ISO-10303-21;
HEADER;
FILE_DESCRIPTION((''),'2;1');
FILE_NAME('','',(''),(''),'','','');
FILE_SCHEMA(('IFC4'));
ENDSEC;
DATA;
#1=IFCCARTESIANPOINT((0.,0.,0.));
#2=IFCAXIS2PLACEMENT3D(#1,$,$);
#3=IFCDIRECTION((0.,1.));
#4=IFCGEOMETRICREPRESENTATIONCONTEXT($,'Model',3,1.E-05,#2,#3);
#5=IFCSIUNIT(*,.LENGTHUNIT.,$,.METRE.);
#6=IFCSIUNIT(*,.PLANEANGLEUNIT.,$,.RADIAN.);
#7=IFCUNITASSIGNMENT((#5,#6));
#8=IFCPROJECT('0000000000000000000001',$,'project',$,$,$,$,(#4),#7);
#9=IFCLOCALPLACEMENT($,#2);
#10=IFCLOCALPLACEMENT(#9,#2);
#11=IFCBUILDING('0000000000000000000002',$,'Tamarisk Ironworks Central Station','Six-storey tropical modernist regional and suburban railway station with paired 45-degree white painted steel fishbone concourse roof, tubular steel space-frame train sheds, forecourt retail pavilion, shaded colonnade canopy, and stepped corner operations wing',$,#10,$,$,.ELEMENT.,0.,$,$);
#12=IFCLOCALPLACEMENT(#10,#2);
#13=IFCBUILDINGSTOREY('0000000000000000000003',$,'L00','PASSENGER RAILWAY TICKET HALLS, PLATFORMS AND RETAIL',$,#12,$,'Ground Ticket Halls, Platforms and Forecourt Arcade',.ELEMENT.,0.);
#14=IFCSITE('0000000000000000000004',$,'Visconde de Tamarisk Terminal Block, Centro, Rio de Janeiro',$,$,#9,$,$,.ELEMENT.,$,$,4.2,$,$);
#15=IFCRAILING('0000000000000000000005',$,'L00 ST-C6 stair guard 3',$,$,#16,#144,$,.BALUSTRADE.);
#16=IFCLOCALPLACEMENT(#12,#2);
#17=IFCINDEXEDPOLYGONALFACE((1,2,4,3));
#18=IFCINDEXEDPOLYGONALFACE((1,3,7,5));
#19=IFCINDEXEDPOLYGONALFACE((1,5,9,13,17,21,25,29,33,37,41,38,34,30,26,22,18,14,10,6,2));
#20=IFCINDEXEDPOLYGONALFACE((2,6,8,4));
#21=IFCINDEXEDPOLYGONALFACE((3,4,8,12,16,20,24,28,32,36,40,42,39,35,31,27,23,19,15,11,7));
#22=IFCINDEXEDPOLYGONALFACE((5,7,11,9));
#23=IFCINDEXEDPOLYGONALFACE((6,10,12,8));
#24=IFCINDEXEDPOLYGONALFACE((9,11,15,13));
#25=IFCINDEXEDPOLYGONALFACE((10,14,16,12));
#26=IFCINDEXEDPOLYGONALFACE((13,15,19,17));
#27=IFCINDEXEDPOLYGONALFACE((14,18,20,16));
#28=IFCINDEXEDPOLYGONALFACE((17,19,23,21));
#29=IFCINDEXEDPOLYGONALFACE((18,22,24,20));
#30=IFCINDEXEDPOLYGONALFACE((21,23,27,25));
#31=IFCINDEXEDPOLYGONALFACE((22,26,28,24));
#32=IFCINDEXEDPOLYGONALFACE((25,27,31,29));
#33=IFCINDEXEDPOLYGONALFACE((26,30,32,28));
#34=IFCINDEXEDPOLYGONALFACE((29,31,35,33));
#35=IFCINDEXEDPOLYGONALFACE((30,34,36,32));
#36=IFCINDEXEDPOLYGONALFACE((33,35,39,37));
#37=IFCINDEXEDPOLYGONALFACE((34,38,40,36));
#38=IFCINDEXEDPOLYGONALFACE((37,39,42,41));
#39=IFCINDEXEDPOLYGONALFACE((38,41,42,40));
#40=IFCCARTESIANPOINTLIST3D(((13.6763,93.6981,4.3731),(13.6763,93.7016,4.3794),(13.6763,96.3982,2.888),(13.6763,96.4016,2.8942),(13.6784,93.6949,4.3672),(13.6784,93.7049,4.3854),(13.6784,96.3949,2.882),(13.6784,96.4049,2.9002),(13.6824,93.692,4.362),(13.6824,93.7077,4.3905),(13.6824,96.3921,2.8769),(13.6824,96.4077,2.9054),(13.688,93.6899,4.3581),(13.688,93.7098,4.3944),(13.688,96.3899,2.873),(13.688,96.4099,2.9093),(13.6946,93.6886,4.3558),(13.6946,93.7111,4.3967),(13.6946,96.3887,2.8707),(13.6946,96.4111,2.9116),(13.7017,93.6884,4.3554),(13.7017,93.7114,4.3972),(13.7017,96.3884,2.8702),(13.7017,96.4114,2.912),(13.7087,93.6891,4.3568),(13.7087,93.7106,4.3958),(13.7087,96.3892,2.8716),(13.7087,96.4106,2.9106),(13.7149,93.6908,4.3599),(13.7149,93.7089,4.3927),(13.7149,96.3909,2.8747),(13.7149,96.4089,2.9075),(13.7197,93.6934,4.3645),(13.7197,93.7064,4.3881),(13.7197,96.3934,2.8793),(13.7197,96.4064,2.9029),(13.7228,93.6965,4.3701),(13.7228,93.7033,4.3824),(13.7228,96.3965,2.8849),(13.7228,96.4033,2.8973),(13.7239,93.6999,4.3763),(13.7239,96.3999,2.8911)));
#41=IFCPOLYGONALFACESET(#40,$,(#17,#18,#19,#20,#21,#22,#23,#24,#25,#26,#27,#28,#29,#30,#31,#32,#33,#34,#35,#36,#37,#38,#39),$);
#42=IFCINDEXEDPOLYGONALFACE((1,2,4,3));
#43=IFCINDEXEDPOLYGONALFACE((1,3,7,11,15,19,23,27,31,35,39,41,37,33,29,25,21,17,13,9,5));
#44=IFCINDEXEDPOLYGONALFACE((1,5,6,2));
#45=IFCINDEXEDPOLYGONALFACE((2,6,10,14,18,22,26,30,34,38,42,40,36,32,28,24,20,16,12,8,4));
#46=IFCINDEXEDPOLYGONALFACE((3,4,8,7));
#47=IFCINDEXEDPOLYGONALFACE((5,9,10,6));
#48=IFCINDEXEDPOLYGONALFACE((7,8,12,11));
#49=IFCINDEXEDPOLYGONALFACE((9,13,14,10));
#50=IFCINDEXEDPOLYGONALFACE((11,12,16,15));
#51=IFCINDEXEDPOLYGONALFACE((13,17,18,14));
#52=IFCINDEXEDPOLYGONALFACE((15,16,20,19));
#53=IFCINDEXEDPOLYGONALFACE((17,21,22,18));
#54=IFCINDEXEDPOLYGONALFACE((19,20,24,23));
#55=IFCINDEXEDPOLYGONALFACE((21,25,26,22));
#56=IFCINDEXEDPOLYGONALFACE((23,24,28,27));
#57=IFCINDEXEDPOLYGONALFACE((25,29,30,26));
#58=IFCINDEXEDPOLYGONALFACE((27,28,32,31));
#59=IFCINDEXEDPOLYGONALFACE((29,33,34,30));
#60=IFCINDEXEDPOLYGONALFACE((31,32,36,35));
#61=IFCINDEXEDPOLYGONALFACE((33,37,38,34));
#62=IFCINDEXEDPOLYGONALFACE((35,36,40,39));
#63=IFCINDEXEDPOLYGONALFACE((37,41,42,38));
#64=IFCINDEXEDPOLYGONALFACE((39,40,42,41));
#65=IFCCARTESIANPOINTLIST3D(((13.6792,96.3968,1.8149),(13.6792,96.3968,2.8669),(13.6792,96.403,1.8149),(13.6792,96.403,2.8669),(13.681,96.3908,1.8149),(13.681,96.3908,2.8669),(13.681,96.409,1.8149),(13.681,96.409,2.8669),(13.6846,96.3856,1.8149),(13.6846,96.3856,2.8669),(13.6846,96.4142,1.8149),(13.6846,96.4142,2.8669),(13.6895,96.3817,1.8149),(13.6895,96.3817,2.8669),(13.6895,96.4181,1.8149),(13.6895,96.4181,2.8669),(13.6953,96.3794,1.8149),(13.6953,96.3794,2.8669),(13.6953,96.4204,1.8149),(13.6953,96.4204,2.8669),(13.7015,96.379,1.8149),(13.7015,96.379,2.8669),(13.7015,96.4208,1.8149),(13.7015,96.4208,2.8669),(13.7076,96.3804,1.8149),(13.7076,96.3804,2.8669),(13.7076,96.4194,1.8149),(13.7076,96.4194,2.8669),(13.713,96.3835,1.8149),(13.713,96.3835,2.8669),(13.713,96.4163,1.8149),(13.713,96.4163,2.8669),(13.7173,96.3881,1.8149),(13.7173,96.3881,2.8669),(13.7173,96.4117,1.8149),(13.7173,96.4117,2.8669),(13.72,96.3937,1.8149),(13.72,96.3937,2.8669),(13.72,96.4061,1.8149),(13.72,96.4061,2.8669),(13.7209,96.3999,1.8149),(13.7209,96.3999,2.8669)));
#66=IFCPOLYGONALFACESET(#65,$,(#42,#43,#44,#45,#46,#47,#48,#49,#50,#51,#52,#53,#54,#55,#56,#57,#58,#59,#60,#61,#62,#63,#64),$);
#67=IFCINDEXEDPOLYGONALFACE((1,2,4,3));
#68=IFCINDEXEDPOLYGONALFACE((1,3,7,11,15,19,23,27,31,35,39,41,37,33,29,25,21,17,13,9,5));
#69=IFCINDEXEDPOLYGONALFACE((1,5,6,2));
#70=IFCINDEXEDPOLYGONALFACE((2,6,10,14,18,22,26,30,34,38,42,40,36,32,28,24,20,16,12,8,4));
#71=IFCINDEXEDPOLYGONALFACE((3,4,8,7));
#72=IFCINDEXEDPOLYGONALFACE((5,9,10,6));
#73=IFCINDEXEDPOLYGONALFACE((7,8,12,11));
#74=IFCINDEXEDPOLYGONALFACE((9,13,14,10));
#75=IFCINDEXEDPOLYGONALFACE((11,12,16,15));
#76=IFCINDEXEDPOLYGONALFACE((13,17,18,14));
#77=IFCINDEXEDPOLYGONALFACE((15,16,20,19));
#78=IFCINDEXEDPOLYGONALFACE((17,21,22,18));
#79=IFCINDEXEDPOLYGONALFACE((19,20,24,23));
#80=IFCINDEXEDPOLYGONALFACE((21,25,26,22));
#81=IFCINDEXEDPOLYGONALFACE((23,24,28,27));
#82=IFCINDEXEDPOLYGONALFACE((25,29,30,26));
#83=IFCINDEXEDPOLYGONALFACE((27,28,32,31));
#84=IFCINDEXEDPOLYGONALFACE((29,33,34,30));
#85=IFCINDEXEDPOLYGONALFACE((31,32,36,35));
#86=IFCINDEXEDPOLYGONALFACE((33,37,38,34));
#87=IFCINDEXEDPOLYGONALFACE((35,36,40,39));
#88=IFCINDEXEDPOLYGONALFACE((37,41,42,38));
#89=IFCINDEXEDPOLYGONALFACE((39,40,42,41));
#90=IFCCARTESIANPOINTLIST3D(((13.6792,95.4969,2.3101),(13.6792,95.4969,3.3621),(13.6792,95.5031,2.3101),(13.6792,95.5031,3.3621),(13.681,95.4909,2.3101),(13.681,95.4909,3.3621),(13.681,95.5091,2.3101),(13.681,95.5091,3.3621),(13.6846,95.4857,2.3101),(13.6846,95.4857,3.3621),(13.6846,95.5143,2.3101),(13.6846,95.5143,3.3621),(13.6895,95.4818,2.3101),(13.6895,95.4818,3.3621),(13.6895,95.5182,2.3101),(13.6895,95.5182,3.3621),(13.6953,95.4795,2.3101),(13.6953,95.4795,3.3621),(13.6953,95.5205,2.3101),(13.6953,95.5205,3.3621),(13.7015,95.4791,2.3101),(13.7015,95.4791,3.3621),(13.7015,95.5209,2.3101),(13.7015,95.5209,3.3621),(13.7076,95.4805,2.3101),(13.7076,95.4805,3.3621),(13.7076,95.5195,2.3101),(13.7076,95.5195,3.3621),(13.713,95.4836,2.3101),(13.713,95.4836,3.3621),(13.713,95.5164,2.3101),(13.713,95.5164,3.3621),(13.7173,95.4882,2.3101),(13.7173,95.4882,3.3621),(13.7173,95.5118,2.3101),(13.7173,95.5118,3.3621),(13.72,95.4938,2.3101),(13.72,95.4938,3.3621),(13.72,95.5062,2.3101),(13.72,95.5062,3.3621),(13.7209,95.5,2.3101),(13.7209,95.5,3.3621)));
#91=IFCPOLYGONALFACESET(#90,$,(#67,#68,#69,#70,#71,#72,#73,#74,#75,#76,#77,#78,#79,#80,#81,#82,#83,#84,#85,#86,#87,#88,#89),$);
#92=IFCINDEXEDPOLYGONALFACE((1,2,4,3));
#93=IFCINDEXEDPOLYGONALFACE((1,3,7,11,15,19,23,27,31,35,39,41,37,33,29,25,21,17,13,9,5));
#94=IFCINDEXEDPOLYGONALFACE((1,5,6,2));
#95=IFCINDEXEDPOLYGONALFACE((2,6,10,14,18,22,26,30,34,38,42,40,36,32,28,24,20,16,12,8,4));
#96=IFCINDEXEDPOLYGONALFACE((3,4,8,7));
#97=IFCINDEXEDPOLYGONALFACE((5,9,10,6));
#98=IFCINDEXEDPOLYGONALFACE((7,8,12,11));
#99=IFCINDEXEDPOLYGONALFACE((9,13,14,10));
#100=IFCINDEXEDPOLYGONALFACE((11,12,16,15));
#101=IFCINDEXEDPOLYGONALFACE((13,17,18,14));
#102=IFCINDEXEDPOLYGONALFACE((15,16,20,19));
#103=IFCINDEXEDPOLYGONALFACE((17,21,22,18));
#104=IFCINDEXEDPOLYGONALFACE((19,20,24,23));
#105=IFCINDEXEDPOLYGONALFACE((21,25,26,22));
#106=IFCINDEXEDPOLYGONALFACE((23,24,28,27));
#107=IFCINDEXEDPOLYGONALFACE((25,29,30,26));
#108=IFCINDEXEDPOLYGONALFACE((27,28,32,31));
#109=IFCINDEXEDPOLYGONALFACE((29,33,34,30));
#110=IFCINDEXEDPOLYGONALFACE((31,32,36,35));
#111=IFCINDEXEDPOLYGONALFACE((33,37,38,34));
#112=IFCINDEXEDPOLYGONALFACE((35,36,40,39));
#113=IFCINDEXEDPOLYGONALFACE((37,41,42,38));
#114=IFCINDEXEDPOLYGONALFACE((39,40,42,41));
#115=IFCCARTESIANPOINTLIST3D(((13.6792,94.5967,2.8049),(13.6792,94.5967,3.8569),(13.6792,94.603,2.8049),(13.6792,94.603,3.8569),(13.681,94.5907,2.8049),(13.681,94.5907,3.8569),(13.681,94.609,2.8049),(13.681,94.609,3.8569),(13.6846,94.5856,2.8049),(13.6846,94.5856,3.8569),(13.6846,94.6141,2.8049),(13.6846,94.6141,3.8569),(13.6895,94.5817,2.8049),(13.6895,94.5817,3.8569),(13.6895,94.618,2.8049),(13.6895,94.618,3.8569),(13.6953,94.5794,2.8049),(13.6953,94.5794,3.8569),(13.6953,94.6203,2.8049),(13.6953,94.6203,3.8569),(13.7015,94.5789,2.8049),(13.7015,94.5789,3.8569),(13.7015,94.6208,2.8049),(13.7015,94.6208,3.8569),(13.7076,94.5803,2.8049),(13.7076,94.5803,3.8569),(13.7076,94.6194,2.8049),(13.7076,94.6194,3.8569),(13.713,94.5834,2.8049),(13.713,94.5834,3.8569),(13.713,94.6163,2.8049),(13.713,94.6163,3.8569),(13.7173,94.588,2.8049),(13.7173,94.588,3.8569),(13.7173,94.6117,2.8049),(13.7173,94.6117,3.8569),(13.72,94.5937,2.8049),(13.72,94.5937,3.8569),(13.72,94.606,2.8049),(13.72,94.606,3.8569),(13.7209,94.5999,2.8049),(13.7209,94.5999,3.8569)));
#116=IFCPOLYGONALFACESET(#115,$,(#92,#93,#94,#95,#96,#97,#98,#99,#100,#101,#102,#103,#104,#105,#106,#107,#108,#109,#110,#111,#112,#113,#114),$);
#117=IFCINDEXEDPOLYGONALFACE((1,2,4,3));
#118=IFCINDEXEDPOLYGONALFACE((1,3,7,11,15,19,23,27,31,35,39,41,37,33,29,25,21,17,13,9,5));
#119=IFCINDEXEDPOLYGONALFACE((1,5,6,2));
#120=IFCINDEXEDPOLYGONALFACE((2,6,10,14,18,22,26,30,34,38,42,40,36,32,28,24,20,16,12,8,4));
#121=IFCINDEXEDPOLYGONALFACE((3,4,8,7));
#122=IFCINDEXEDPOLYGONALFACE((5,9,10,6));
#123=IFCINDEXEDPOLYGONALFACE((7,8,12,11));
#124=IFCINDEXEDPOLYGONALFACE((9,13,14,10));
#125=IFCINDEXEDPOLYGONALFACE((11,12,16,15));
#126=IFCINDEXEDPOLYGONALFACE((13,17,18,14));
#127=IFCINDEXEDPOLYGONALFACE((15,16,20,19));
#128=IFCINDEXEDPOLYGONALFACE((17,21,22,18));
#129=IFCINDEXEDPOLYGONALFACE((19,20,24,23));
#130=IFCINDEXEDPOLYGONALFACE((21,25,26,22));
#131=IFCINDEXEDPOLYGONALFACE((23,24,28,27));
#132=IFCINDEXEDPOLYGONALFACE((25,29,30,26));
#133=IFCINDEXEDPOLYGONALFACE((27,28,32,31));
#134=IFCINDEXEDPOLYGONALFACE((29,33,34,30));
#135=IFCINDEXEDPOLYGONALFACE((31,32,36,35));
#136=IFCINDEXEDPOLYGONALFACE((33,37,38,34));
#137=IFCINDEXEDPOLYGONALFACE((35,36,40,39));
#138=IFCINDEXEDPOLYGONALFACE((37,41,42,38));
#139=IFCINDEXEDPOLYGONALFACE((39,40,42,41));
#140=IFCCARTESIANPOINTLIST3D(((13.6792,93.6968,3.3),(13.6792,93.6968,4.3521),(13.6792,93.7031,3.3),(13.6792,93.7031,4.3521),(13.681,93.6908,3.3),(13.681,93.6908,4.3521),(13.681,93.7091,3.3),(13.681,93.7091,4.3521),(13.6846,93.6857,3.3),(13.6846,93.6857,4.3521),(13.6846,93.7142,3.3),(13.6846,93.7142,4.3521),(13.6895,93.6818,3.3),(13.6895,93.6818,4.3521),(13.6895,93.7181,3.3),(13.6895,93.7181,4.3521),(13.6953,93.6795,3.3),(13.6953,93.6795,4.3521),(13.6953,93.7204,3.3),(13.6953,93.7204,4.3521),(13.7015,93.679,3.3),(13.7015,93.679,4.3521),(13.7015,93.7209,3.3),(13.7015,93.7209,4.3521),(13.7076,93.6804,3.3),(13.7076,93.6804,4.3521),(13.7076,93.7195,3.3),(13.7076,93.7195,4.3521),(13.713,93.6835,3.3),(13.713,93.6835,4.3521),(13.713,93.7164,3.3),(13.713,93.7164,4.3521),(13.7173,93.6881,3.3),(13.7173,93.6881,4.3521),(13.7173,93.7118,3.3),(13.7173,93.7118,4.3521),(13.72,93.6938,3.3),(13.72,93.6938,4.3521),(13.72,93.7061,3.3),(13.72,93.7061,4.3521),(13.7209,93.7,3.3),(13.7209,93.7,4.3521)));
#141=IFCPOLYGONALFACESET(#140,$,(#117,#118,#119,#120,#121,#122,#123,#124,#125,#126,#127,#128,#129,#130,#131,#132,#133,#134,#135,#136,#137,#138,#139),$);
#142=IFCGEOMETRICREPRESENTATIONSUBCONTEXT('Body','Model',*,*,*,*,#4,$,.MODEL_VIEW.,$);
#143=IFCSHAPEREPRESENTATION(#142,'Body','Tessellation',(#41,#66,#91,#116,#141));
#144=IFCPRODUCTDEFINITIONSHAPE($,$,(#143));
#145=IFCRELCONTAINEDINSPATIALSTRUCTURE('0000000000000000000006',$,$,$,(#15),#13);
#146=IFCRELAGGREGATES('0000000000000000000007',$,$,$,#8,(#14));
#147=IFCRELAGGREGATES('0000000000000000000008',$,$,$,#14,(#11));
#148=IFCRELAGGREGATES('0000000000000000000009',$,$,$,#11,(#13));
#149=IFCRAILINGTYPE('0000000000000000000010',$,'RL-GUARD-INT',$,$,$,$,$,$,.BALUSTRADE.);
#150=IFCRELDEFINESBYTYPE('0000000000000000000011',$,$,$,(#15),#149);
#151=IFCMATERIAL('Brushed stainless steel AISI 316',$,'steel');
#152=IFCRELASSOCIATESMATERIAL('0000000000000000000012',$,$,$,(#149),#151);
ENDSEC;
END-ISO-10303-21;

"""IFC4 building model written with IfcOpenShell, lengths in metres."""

from ifc_helpers import new_model, si_unit, direction, frame, origin, origin_2d, place, context, subcontext, project, spatial, circle, extrude, material, type_object, element, save


model = new_model("IFC4")

# Units and contexts
model_context = context("Model", 3, precision=1e-05, world=origin(), true_north=direction((0.0, 1.0)))
body_context = subcontext(model_context, "Body", "Model", "MODEL_VIEW")
ifc_project = project(units=[si_unit("LENGTHUNIT", "METRE"), si_unit("PLANEANGLEUNIT", "RADIAN")], contexts=[model_context])

# Site, building, storey
site_placement = place(None, origin())
site = spatial("IfcSite", under=ifc_project, at=site_placement, Name="Visconde de Tamarisk Terminal Block, Centro, Rio de Janeiro", CompositionType="ELEMENT", RefElevation=4.2)
building_placement = place(site_placement, origin())
building = spatial("IfcBuilding", under=site, at=building_placement, Name="Tamarisk Ironworks Central Station", Description="Six-storey tropical modernist regional and suburban railway station with paired 45-degree white painted steel fishbone concourse roof, tubular steel space-frame train sheds, forecourt retail pavilion, shaded colonnade canopy, and stepped corner operations wing", CompositionType="ELEMENT", ElevationOfRefHeight=0.0)
storey_placement = place(building_placement, origin())
storey = spatial("IfcBuildingStorey", under=building, at=storey_placement, Name="L00", Description="PASSENGER RAILWAY TICKET HALLS, PLATFORMS AND RETAIL", LongName="Ground Ticket Halls, Platforms and Forecourt Arcade", CompositionType="ELEMENT", Elevation=0.0)

# Railing
ifc_material_1 = material(Name="Brushed stainless steel AISI 316", Category="steel")
railing_type_1 = type_object("IfcRailingType", Name="RL-GUARD-INT", PredefinedType="BALUSTRADE", material=ifc_material_1)
railing_1_placement = place(storey_placement, frame((13.7, 96.3999, 1.8149)))
element("IfcRailing", 1, at=railing_1_placement, inside=storey, type_object=railing_type_1, Name="L00 ST-C6 stair guard 3", PredefinedType="BALUSTRADE", context=body_context, shape_type="SweptSolid", body=[
    extrude(circle(Radius=0.0239, at=origin_2d()), frame((0.0, 0.0, 1.0762), z_axis=(0.0, -0.876198, 0.481952), x_axis=(1.0, 0.0, 0.0)), (0.0, 0.0, 1.0), 3.0815),
    extrude(circle(Radius=0.021, at=origin_2d()), origin(), (0.0, 0.0, 1.0), 1.052),
    extrude(circle(Radius=0.021, at=origin_2d()), frame((0.0, -0.8999, 0.4951)), (0.0, 0.0, 1.0), 1.052),
    extrude(circle(Radius=0.021, at=origin_2d()), frame((0.0, -1.8, 0.99)), (0.0, 0.0, 1.0), 1.052),
    extrude(circle(Radius=0.021, at=origin_2d()), frame((0.0, -2.7, 1.4851)), (0.0, 0.0, 1.0), 1.052),
])

save(model, "model.ifc")
